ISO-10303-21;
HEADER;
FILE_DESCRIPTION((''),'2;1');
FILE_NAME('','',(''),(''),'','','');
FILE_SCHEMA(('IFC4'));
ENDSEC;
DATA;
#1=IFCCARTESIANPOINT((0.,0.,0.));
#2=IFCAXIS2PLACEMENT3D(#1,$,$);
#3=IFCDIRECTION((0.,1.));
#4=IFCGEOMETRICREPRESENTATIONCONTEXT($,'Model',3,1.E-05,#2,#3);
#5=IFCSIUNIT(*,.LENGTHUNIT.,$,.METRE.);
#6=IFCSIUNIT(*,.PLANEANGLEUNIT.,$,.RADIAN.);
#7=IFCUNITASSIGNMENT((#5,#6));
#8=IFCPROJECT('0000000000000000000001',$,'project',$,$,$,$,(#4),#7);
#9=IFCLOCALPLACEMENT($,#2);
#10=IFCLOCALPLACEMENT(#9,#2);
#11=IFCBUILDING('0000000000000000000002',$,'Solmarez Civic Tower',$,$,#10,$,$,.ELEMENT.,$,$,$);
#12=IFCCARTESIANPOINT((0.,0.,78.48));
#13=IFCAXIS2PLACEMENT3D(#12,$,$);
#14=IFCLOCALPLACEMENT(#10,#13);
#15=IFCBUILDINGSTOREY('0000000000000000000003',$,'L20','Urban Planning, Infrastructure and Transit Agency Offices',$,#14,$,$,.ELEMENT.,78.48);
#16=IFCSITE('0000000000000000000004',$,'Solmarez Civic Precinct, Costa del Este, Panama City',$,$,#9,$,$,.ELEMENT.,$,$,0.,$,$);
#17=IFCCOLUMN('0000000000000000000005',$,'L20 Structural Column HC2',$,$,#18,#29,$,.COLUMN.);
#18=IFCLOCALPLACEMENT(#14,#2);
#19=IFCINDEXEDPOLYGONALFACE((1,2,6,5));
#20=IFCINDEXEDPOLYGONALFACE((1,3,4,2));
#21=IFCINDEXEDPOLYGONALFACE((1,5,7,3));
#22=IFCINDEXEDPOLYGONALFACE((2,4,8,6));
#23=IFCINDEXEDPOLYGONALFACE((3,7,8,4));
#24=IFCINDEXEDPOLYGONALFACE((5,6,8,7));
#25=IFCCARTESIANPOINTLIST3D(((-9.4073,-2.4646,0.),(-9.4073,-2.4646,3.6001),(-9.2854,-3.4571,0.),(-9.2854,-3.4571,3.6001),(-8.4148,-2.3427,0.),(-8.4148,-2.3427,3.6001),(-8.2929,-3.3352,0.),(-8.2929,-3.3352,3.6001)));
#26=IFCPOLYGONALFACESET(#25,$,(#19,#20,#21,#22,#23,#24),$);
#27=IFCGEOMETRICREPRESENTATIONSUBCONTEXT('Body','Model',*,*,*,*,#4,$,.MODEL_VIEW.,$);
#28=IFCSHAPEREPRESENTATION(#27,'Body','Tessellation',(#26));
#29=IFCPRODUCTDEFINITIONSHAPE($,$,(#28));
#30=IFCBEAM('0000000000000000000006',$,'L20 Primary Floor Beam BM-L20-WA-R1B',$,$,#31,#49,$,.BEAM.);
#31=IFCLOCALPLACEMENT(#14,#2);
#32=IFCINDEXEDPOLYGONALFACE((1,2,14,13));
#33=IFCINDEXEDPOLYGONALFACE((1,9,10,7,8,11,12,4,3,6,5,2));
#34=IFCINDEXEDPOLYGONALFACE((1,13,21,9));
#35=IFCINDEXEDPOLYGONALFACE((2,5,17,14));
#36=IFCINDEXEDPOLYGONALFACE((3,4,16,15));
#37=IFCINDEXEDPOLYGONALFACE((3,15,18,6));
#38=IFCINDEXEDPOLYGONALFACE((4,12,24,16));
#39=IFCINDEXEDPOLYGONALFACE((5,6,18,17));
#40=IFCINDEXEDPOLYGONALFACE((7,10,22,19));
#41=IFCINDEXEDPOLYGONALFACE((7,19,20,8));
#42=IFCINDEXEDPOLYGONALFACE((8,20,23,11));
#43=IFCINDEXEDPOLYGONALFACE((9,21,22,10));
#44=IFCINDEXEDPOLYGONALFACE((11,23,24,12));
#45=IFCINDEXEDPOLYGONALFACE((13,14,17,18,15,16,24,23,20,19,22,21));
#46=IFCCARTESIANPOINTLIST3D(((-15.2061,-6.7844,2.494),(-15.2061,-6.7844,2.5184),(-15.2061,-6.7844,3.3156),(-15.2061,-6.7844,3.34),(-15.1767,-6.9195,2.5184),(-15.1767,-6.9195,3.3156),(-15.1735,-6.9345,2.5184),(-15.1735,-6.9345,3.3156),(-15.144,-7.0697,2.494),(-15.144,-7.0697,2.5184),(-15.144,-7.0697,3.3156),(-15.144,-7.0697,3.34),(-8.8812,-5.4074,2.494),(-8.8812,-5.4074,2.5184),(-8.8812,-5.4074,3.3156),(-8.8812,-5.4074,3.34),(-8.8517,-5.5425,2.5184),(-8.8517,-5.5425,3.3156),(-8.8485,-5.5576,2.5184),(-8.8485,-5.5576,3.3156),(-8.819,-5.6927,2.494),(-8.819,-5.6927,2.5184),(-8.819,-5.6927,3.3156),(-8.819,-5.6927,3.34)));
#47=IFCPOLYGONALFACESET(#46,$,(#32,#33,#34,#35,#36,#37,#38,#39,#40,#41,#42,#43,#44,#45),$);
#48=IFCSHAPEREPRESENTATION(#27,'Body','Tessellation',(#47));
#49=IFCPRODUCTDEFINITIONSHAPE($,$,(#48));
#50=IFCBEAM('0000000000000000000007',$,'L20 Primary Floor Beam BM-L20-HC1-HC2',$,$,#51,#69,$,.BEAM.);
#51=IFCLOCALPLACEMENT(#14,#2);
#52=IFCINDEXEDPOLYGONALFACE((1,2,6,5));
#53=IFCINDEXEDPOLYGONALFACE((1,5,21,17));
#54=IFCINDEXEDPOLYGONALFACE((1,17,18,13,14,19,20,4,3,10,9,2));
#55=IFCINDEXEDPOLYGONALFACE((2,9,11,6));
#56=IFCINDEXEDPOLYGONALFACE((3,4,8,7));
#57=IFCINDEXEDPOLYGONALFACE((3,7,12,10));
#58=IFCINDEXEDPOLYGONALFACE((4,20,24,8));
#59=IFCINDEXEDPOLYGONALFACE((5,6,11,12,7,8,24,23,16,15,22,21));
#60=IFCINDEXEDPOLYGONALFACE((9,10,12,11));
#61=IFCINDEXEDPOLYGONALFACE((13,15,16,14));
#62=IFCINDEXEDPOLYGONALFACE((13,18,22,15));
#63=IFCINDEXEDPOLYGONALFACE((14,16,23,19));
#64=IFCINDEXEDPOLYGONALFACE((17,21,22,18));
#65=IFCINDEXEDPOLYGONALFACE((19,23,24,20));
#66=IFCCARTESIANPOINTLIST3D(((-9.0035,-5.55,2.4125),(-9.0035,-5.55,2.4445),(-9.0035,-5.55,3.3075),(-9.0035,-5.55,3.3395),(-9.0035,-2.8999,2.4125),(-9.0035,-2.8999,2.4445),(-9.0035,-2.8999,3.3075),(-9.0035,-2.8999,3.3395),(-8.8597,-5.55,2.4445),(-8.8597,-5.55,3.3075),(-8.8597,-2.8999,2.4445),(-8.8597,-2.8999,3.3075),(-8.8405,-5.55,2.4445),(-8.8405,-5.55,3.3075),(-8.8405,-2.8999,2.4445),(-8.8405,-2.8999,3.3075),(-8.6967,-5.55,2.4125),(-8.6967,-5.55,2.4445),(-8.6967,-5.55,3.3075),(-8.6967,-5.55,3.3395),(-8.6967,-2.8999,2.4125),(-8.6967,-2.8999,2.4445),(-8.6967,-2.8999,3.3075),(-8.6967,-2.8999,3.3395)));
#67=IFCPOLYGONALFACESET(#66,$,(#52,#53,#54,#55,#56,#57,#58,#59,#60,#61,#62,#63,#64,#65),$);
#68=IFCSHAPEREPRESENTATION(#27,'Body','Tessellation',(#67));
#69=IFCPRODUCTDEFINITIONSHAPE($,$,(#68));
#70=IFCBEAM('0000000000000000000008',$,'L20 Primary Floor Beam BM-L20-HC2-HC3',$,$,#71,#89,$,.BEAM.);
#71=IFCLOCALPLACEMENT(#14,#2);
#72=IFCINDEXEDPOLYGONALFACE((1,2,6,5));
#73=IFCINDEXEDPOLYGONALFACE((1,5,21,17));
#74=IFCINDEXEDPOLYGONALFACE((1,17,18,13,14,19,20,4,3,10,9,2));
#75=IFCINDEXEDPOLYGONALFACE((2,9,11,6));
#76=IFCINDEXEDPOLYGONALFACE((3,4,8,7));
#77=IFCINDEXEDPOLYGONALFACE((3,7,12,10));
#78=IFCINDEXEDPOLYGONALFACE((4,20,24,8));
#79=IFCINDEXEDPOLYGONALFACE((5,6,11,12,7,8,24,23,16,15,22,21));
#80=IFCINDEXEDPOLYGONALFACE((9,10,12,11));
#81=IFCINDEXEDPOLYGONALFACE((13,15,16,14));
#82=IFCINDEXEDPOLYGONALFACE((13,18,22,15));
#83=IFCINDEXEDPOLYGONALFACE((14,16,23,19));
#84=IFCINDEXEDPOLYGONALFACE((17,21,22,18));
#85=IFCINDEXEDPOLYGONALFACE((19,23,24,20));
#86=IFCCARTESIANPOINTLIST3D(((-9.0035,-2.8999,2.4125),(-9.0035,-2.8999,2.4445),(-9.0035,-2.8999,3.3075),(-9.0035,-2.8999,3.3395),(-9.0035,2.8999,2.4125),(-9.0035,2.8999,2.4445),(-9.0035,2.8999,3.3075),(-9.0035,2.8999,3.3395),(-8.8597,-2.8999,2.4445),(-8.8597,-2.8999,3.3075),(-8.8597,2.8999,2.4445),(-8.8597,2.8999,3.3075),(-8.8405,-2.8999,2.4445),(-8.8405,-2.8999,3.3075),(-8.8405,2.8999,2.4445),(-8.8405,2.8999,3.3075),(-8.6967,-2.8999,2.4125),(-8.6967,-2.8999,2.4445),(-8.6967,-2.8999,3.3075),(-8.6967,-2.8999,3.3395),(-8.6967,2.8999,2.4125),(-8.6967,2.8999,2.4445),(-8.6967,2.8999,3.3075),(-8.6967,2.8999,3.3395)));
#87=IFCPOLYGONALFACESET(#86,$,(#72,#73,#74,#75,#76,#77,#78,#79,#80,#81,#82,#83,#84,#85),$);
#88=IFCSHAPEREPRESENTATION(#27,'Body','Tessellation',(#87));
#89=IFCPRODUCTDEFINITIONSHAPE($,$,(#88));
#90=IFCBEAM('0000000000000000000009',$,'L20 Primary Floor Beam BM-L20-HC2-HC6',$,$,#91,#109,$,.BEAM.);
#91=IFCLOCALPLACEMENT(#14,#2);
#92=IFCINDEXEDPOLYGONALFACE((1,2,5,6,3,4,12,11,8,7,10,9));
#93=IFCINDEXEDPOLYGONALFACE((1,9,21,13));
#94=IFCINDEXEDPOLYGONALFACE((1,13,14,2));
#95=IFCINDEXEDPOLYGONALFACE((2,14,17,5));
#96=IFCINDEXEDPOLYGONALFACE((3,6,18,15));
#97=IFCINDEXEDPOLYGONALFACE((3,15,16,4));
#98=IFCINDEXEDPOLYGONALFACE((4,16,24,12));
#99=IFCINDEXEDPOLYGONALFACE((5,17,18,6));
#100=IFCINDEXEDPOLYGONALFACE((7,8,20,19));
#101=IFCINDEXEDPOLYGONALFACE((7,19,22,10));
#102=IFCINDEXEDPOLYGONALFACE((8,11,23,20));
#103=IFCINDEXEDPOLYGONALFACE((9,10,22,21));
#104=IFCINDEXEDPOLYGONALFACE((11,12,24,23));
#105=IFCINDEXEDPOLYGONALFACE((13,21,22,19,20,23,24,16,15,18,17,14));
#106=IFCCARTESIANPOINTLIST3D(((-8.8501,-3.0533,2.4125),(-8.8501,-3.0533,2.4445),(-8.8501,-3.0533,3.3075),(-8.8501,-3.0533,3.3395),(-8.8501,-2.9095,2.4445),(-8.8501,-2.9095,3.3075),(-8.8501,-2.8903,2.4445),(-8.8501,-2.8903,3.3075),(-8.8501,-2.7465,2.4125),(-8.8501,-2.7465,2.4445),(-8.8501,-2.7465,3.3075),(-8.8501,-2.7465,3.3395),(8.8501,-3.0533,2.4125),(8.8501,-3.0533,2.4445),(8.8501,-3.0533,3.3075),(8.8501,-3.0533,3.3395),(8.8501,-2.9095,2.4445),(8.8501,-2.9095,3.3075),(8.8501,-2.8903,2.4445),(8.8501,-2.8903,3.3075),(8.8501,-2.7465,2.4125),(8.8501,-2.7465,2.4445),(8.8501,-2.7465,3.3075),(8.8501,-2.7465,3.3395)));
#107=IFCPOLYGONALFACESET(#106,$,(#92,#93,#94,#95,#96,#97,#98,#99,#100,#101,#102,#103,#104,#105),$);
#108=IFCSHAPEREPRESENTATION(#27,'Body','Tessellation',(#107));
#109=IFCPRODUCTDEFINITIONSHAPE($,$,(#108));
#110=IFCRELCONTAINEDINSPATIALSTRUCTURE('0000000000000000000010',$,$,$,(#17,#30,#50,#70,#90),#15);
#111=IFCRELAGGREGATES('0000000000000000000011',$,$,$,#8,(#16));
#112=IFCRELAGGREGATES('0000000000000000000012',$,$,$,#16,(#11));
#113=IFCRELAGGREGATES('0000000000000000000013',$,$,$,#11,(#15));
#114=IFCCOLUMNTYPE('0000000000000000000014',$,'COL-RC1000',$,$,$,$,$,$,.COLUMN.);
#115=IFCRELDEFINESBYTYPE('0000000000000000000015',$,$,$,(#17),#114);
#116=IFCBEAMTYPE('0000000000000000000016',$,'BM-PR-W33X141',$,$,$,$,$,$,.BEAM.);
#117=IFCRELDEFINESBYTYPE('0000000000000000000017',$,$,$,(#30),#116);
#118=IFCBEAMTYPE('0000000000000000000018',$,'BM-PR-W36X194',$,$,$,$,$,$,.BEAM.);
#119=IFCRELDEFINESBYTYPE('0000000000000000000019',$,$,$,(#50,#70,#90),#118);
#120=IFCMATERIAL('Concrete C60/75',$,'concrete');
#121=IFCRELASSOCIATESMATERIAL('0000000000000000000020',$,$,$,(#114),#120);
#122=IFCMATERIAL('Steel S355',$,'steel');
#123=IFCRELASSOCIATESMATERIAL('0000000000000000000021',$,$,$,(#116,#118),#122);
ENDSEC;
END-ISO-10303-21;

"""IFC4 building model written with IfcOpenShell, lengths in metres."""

from ifc_helpers import new_model, si_unit, direction, frame, origin, origin_2d, place, context, subcontext, project, spatial, rectangle, i_section, extrude, material, material_profile, profile_set, type_object, element, save


model = new_model("IFC4")

# Units and contexts
model_context = context("Model", 3, precision=1e-05, world=origin(), true_north=direction((0.0, 1.0)))
body_context = subcontext(model_context, "Body", "Model", "MODEL_VIEW")
ifc_project = project(units=[si_unit("LENGTHUNIT", "METRE"), si_unit("PLANEANGLEUNIT", "RADIAN")], contexts=[model_context])

# Site, building, storey
site_placement = place(None, origin())
site = spatial("IfcSite", under=ifc_project, at=site_placement, Name="Solmarez Civic Precinct, Costa del Este, Panama City", CompositionType="ELEMENT", RefElevation=0.0)
building_placement = place(site_placement, origin())
building = spatial("IfcBuilding", under=site, at=building_placement, Name="Solmarez Civic Tower", CompositionType="ELEMENT")
storey_placement = place(building_placement, frame((0.0, 0.0, 78.48)))
storey = spatial("IfcBuildingStorey", under=building, at=storey_placement, Name="L20", Description="Urban Planning, Infrastructure and Transit Agency Offices", CompositionType="ELEMENT", Elevation=78.48)

# Column
ifc_material_1 = material(Name="Concrete C60/75", Category="concrete")
ifc_material_profile_1 = material_profile(ifc_material_1, rectangle(XDim=1.0, YDim=1.0, at=origin_2d()), Name="RC1000X1000")
ifc_profile_set_1 = profile_set([ifc_material_profile_1], Name="Concrete C60/75")
column_type = type_object("IfcColumnType", Name="COL-RC1000", PredefinedType="COLUMN", material=ifc_profile_set_1)
column_placement = place(storey_placement, frame((-8.8501, -2.8999, 0.0), z_axis=(0.0, 0.0, 1.0), x_axis=(0.992546, 0.121869, 0.0)))
element("IfcColumn", 1, at=column_placement, inside=storey, type_object=column_type, Name="L20 Structural Column HC2", PredefinedType="COLUMN", context=body_context, shape_type="SweptSolid", body=[
    extrude(rectangle(XDim=1.0, YDim=1.0, at=origin_2d()), origin(), (0.0, 0.0, 1.0), 3.6001),
])

# Beams
ifc_material_2 = material(Name="Steel S355", Category="steel")
ifc_material_profile_2 = material_profile(ifc_material_2, i_section(OverallWidth=0.292, OverallDepth=0.8459, WebThickness=0.0154, FlangeThickness=0.0244, at=origin_2d()), Name="W33X141")
ifc_profile_set_2 = profile_set([ifc_material_profile_2], Name="Steel S355")
beam_type_1 = type_object("IfcBeamType", Name="BM-PR-W33X141", PredefinedType="BEAM", material=ifc_profile_set_2)
beam_1_placement = place(storey_placement, frame((-8.8501, -5.55, 2.917), z_axis=(-0.977113, -0.212719, 0.0), x_axis=(0.212719, -0.977113, 0.0)))
element("IfcBeam", 2, at=beam_1_placement, inside=storey, type_object=beam_type_1, Name="L20 Primary Floor Beam BM-L20-WA-R1B", PredefinedType="BEAM", context=body_context, shape_type="SweptSolid", body=[
    extrude(i_section(OverallWidth=0.292, OverallDepth=0.8459, WebThickness=0.0154, FlangeThickness=0.0244, at=origin_2d()), origin(), (0.0, 0.0, 1.0), 6.4731),
])
ifc_material_profile_3 = material_profile(ifc_material_2, i_section(OverallWidth=0.3069, OverallDepth=0.927, WebThickness=0.0193, FlangeThickness=0.032, at=origin_2d()), Name="W36X194")
ifc_profile_set_3 = profile_set([ifc_material_profile_3], Name="Steel S355")
beam_type_2 = type_object("IfcBeamType", Name="BM-PR-W36X194", PredefinedType="BEAM", material=ifc_profile_set_3)
beam_2_placement = place(storey_placement, frame((-8.8501, -5.55, 2.876), z_axis=(0.0, 1.0, 0.0), x_axis=(-1.0, 0.0, 0.0)))
element("IfcBeam", 3, at=beam_2_placement, inside=storey, type_object=beam_type_2, Name="L20 Primary Floor Beam BM-L20-HC1-HC2", PredefinedType="BEAM", context=body_context, shape_type="SweptSolid", body=[
    extrude(i_section(OverallWidth=0.3069, OverallDepth=0.927, WebThickness=0.0193, FlangeThickness=0.032, at=origin_2d()), origin(), (0.0, 0.0, 1.0), 2.6501),
])
beam_3_placement = place(storey_placement, frame((-8.8501, -2.8999, 2.876), z_axis=(0.0, 1.0, 0.0), x_axis=(-1.0, 0.0, 0.0)))
element("IfcBeam", 4, at=beam_3_placement, inside=storey, type_object=beam_type_2, Name="L20 Primary Floor Beam BM-L20-HC2-HC3", PredefinedType="BEAM", context=body_context, shape_type="SweptSolid", body=[
    extrude(i_section(OverallWidth=0.3069, OverallDepth=0.927, WebThickness=0.0193, FlangeThickness=0.032, at=origin_2d()), origin(), (0.0, 0.0, 1.0), 5.7998),
])
beam_4_placement = place(storey_placement, frame((-8.8501, -2.8999, 2.876), z_axis=(1.0, 0.0, 0.0), x_axis=(0.0, 1.0, 0.0)))
element("IfcBeam", 5, at=beam_4_placement, inside=storey, type_object=beam_type_2, Name="L20 Primary Floor Beam BM-L20-HC2-HC6", PredefinedType="BEAM", context=body_context, shape_type="SweptSolid", body=[
    extrude(i_section(OverallWidth=0.3069, OverallDepth=0.927, WebThickness=0.0193, FlangeThickness=0.032, at=origin_2d()), origin(), (0.0, 0.0, 1.0), 17.7002),
])

save(model, "model.ifc")
